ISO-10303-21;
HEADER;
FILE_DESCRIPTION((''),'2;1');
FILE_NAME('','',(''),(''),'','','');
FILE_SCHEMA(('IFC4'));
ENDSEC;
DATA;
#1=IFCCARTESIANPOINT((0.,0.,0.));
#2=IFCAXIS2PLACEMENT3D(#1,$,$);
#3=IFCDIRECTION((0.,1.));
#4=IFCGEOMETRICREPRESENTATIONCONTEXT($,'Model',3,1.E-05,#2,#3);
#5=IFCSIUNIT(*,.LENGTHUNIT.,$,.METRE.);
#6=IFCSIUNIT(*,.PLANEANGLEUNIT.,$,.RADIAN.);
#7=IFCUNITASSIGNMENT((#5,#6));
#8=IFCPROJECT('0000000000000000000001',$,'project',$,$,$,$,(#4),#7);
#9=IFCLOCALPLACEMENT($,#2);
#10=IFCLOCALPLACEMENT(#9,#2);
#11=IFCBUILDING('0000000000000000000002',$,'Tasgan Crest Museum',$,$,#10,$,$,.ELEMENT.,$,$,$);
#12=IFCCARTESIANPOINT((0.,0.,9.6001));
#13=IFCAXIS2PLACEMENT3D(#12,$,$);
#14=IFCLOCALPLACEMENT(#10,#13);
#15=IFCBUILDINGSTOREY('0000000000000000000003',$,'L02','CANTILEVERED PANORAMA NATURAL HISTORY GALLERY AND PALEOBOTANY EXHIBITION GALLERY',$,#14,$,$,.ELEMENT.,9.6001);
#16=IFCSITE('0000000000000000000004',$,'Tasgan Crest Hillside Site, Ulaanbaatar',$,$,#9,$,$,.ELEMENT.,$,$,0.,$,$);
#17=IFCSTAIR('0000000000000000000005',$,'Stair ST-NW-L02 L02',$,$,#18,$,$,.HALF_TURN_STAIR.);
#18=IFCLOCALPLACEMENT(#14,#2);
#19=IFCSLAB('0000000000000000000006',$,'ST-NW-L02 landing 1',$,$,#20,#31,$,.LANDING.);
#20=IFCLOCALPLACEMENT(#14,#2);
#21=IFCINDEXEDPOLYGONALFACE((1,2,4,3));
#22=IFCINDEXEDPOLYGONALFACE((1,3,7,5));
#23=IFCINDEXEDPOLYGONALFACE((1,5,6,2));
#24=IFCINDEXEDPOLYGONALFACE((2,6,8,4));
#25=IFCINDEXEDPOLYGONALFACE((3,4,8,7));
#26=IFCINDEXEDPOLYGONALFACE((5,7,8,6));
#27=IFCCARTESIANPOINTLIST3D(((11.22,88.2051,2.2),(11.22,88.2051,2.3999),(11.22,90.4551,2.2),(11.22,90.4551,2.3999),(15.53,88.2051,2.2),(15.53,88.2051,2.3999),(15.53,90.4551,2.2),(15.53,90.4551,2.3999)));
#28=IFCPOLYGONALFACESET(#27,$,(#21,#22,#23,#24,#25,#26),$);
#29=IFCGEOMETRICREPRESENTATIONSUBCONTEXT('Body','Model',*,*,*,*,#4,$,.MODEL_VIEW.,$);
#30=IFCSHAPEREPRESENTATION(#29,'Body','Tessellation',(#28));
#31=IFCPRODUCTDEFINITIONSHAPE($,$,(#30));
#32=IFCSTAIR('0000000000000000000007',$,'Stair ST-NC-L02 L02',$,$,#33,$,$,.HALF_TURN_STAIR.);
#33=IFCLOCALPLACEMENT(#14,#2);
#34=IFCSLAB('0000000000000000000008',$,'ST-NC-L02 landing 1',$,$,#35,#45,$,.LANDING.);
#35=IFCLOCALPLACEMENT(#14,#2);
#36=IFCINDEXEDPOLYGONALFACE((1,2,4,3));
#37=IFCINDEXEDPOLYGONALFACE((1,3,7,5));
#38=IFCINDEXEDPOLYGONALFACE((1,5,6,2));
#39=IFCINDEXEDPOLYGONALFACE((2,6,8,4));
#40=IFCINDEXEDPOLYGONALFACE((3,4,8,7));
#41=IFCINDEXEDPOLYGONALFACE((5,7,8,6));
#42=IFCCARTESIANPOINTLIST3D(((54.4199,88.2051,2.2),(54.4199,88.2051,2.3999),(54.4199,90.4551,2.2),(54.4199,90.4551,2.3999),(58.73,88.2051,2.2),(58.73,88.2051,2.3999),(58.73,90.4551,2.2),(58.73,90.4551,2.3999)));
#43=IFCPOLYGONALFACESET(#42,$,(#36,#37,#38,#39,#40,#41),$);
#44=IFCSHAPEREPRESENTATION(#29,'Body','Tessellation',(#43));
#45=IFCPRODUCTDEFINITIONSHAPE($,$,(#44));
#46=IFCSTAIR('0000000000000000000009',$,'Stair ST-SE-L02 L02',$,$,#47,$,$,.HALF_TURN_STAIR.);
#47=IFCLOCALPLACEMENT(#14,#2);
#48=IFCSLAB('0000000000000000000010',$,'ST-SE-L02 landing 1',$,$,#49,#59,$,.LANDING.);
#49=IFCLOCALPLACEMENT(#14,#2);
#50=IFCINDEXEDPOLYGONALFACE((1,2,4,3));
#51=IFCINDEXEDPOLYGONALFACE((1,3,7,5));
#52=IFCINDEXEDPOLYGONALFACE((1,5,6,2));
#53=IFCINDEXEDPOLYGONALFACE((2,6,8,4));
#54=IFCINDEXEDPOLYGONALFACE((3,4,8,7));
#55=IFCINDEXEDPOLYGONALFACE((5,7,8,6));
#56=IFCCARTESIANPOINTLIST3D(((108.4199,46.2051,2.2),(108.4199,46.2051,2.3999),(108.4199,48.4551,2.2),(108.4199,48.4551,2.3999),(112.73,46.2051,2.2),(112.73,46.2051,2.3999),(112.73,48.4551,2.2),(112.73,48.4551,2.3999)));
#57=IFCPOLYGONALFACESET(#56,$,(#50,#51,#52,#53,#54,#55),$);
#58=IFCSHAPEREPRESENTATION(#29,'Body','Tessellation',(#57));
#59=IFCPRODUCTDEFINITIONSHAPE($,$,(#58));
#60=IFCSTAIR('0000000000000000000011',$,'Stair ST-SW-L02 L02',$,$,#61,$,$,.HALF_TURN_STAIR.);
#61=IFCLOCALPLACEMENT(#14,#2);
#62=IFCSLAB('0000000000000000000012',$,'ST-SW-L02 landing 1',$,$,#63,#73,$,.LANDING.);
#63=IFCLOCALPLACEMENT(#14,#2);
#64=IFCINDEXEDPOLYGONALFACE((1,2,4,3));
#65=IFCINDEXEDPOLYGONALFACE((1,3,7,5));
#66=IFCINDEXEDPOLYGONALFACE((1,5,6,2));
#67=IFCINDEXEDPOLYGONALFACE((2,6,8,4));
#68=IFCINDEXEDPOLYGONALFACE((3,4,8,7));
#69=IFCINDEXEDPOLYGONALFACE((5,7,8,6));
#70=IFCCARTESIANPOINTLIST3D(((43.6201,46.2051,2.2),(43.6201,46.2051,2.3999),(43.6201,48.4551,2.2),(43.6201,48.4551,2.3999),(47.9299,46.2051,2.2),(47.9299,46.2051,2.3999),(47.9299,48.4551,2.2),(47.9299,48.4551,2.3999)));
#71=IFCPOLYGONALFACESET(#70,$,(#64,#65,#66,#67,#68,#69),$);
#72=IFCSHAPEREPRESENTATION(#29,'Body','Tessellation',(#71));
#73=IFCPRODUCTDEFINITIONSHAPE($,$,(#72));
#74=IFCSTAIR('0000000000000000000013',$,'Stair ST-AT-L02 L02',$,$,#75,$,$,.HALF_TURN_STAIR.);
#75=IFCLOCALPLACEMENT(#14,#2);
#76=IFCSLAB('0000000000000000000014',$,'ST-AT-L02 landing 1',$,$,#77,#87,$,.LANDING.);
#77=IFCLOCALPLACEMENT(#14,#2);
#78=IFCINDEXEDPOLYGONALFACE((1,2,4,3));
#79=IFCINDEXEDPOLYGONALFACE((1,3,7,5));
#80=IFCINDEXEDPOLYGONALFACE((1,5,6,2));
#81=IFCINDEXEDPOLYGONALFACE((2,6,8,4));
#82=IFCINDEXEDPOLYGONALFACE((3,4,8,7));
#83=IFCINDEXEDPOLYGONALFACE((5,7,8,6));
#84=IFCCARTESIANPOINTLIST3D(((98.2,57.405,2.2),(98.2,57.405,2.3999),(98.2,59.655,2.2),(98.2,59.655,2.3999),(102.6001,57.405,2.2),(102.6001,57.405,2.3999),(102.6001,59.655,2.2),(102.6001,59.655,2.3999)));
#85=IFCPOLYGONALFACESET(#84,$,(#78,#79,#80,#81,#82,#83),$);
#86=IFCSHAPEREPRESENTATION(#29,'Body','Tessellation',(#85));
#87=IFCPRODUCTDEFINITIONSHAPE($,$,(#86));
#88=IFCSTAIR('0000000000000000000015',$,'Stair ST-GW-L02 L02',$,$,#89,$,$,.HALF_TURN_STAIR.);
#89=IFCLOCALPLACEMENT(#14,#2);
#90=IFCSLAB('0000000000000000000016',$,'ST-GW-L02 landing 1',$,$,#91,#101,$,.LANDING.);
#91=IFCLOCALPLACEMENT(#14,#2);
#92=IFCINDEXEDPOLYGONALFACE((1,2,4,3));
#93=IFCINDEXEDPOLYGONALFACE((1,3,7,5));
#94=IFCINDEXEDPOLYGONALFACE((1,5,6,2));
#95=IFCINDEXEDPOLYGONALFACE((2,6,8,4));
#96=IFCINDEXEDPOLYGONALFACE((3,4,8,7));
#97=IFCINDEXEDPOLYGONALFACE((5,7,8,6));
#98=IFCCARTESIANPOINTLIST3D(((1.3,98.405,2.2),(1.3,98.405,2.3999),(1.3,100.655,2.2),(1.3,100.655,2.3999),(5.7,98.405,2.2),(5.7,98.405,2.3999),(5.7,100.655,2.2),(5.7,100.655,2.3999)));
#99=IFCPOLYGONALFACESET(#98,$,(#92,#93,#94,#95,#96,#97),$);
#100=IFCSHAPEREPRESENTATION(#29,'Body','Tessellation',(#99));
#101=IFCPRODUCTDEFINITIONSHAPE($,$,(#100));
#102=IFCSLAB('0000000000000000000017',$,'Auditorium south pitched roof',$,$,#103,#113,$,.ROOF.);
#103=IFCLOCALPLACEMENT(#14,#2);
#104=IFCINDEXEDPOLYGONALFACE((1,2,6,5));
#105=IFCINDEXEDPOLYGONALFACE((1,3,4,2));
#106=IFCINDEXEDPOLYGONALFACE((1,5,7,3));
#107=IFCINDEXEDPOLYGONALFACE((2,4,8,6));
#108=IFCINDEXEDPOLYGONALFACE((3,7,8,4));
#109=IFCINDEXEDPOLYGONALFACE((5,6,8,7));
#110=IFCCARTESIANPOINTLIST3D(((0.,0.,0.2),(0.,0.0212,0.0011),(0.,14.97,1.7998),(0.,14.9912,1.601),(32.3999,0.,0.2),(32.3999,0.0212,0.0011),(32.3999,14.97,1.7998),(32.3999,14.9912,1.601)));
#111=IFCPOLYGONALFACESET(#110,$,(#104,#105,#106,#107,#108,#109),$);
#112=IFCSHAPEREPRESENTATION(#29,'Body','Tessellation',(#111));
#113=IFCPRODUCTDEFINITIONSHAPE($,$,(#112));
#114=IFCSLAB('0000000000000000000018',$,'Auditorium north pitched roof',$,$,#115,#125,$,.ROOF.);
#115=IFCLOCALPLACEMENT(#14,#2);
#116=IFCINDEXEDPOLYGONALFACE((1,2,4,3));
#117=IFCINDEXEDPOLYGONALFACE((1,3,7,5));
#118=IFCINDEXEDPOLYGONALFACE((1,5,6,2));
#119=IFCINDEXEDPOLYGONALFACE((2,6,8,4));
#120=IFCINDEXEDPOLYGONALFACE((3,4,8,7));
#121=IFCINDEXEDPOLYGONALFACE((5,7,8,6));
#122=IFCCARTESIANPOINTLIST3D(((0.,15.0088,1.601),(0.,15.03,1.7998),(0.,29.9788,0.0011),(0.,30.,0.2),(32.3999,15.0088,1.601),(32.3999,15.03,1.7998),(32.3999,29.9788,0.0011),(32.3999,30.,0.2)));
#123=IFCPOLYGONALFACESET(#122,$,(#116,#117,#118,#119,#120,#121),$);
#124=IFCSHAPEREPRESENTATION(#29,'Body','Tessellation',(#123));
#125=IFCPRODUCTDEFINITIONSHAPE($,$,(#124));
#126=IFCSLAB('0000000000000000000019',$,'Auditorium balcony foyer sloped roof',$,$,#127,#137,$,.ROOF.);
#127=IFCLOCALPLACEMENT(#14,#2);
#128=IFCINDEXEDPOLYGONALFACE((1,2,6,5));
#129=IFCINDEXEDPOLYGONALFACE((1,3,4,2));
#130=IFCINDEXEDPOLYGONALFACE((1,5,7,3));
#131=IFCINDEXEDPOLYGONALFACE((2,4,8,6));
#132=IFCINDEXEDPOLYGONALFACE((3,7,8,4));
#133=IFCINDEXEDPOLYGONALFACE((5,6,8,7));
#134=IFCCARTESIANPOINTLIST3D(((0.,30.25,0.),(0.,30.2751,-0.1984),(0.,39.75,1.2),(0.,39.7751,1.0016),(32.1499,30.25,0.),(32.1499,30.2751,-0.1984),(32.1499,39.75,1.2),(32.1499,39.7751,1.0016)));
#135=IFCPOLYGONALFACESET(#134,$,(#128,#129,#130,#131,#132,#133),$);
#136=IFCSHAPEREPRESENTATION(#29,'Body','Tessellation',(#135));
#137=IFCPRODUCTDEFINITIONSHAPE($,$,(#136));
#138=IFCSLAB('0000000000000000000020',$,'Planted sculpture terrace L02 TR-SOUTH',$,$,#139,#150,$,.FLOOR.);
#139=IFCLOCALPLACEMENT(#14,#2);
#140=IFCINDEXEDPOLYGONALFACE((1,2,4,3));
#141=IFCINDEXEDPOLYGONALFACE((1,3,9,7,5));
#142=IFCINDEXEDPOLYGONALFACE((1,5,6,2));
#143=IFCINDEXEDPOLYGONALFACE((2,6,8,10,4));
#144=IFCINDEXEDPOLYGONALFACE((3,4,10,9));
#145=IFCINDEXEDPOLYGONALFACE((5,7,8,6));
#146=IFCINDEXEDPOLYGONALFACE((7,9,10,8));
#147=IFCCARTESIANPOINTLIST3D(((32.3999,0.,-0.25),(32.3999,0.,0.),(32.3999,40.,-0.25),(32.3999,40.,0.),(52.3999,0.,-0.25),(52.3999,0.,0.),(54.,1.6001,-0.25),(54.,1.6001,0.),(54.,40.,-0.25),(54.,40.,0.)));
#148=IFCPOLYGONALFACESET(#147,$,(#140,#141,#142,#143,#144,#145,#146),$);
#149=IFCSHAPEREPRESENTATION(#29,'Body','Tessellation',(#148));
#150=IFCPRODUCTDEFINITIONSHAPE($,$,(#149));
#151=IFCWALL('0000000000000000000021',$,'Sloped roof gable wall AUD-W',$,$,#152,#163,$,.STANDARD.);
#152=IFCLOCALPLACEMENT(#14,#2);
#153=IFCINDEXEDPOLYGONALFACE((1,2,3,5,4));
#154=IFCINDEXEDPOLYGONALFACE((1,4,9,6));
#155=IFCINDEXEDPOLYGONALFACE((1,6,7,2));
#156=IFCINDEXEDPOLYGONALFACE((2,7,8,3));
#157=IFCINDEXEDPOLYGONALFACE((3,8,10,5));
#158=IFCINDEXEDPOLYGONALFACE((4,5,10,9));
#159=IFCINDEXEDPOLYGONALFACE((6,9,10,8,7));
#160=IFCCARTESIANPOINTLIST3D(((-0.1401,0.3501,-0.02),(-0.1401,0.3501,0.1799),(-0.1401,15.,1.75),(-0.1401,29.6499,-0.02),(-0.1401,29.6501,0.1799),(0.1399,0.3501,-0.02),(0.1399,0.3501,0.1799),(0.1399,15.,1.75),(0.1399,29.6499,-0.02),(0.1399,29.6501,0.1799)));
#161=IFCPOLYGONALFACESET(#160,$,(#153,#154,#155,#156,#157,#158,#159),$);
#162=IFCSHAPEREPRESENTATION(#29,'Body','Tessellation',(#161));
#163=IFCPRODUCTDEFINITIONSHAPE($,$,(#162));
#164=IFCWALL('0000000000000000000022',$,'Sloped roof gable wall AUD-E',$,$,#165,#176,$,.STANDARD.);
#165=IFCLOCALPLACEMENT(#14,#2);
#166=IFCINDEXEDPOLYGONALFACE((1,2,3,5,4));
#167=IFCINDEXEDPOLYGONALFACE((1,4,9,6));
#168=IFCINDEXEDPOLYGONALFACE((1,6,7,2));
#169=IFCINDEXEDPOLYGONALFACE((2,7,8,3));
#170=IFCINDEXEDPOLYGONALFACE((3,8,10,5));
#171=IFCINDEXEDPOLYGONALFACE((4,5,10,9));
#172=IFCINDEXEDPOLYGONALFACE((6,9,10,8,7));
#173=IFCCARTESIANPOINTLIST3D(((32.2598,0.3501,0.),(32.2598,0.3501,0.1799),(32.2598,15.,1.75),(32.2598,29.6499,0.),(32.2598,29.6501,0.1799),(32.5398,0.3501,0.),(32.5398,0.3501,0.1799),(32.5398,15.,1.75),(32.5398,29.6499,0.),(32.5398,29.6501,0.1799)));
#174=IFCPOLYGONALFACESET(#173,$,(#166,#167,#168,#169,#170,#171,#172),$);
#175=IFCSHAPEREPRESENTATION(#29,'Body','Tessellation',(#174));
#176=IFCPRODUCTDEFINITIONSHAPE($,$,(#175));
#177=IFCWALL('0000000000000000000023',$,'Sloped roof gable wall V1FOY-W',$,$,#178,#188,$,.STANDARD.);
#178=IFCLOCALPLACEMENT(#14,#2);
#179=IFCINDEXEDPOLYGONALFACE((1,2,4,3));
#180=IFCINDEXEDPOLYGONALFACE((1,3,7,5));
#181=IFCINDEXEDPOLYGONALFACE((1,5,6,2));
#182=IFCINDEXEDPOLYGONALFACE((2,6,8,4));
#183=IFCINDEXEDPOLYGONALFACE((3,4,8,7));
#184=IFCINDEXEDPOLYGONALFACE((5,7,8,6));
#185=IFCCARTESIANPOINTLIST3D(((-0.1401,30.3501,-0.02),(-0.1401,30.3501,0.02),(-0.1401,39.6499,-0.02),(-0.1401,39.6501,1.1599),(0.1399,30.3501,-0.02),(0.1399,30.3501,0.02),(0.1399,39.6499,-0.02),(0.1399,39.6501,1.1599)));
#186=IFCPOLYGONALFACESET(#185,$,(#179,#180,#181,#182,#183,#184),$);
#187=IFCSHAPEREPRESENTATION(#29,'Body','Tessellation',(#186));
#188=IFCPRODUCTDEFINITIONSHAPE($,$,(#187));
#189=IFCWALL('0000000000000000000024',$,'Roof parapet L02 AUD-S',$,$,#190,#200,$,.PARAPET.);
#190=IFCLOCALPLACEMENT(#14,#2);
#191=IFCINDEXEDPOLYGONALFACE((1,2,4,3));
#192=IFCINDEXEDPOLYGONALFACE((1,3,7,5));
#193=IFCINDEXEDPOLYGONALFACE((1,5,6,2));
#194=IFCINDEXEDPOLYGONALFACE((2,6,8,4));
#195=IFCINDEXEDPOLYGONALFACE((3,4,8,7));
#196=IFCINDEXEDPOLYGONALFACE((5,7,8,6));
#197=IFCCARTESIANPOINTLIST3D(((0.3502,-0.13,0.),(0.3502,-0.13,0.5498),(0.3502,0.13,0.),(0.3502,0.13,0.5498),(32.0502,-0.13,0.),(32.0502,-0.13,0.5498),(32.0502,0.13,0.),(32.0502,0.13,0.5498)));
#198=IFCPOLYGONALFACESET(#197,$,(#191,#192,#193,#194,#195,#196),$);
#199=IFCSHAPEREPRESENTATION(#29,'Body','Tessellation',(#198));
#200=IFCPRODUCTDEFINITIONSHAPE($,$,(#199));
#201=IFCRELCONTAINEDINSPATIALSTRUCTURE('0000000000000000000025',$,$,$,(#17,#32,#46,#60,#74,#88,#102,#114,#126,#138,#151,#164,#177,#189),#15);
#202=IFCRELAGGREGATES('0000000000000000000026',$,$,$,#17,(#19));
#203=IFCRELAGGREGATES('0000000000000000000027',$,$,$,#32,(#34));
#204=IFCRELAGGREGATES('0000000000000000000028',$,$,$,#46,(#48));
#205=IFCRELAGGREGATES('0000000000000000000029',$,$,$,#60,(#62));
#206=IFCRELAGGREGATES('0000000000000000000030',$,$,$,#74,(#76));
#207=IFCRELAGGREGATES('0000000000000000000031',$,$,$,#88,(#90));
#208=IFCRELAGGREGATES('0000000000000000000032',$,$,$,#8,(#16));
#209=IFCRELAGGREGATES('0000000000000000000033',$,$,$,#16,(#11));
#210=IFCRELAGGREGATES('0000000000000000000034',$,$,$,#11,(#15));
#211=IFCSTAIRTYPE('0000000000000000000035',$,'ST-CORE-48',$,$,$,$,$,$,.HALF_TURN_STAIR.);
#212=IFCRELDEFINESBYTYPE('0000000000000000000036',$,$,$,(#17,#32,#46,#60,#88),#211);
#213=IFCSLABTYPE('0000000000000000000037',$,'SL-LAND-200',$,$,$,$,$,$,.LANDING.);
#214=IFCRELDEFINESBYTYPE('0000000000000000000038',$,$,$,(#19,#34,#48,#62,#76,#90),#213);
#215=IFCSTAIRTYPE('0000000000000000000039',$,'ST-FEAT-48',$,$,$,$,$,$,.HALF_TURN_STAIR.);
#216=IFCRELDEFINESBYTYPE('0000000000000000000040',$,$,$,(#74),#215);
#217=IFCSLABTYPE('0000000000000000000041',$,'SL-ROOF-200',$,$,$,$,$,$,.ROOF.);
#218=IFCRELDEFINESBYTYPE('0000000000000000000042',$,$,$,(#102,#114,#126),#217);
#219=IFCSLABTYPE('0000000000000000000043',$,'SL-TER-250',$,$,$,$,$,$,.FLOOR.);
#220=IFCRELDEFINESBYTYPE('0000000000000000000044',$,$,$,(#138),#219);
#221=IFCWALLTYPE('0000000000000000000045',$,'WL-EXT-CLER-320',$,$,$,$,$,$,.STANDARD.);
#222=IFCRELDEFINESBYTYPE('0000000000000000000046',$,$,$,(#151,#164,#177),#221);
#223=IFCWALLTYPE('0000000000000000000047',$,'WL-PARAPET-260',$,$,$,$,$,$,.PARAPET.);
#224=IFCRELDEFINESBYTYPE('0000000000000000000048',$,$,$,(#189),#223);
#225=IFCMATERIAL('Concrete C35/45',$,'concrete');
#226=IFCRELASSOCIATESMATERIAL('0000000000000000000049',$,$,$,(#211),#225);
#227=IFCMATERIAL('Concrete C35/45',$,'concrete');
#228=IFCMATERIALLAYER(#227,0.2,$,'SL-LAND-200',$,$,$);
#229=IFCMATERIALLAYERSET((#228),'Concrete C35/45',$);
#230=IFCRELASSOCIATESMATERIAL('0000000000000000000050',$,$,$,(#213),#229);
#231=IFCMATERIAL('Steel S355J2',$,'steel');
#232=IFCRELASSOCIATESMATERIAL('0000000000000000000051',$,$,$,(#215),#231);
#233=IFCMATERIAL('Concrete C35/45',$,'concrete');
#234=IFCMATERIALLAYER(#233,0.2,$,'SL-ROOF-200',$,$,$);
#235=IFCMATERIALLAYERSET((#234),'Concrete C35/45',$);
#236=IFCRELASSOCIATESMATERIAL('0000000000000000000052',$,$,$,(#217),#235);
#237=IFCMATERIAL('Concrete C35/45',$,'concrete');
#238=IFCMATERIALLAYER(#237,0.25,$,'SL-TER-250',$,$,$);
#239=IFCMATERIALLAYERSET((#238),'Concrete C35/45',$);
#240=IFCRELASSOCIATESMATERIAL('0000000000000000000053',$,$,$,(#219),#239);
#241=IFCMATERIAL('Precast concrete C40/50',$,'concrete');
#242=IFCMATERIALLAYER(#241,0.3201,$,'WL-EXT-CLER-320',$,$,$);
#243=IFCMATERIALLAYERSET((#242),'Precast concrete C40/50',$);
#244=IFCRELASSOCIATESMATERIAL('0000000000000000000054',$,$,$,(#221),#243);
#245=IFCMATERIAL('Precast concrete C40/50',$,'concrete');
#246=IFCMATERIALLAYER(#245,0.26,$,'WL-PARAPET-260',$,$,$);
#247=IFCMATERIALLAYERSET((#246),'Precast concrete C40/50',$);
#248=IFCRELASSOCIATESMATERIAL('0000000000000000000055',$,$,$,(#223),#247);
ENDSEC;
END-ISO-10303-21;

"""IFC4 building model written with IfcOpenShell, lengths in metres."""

from ifc_helpers import new_model, si_unit, direction, frame, frame_2d, origin, place, context, subcontext, project, spatial, polyline, rectangle, outline, extrude, material, layer, layer_set, type_object, element, aggregate, save


model = new_model("IFC4")

# Units and contexts
model_context = context("Model", 3, precision=1e-05, world=origin(), true_north=direction((0.0, 1.0)))
body_context = subcontext(model_context, "Body", "Model", "MODEL_VIEW")
ifc_project = project(units=[si_unit("LENGTHUNIT", "METRE"), si_unit("PLANEANGLEUNIT", "RADIAN")], contexts=[model_context])

# Site, building, storey
site_placement = place(None, origin())
site = spatial("IfcSite", under=ifc_project, at=site_placement, Name="Tasgan Crest Hillside Site, Ulaanbaatar", CompositionType="ELEMENT", RefElevation=0.0)
building_placement = place(site_placement, origin())
building = spatial("IfcBuilding", under=site, at=building_placement, Name="Tasgan Crest Museum", CompositionType="ELEMENT")
storey_placement = place(building_placement, frame((0.0, 0.0, 9.6001)))
storey = spatial("IfcBuildingStorey", under=building, at=storey_placement, Name="L02", Description="CANTILEVERED PANORAMA NATURAL HISTORY GALLERY AND PALEOBOTANY EXHIBITION GALLERY", CompositionType="ELEMENT", Elevation=9.6001)

# Stairs, slabs
ifc_material_1 = material(Name="Concrete C35/45", Category="concrete")
stair_type_1 = type_object("IfcStairType", Name="ST-CORE-48", PredefinedType="HALF_TURN_STAIR", material=ifc_material_1)
stair_1_placement = place(storey_placement, origin())
stair_1 = element("IfcStair", 1, at=stair_1_placement, inside=storey, type_object=stair_type_1, Name="Stair ST-NW-L02 L02", PredefinedType="HALF_TURN_STAIR")
ifc_material_2 = material(Name="Concrete C35/45", Category="concrete")
ifc_layer_1 = layer(ifc_material_2, 0.2, Name="SL-LAND-200")
ifc_layer_set_1 = layer_set([ifc_layer_1], Name="Concrete C35/45")
slab_type_1 = type_object("IfcSlabType", Name="SL-LAND-200", PredefinedType="LANDING", material=ifc_layer_set_1)
slab_1_placement = place(storey_placement, frame((0.0, 0.0, 2.2)))
slab_1 = element("IfcSlab", 2, at=slab_1_placement, type_object=slab_type_1, Name="ST-NW-L02 landing 1", PredefinedType="LANDING", context=body_context, shape_type="SweptSolid", body=[
    extrude(outline(polyline([(11.22, 88.2051), (15.53, 88.2051), (15.53, 90.4551), (11.22, 90.4551), (11.22, 88.2051)])), origin(), (0.0, 0.0, 1.0), 0.2),
])
aggregate(stair_1, [slab_1])
stair_2_placement = place(storey_placement, origin())
stair_2 = element("IfcStair", 3, at=stair_2_placement, inside=storey, type_object=stair_type_1, Name="Stair ST-NC-L02 L02", PredefinedType="HALF_TURN_STAIR")
slab_2_placement = place(storey_placement, frame((0.0, 0.0, 2.2)))
slab_2 = element("IfcSlab", 4, at=slab_2_placement, type_object=slab_type_1, Name="ST-NC-L02 landing 1", PredefinedType="LANDING", context=body_context, shape_type="SweptSolid", body=[
    extrude(outline(polyline([(54.4199, 88.2051), (58.73, 88.2051), (58.73, 90.4551), (54.4199, 90.4551), (54.4199, 88.2051)])), origin(), (0.0, 0.0, 1.0), 0.2),
])
aggregate(stair_2, [slab_2])
stair_3_placement = place(storey_placement, origin())
stair_3 = element("IfcStair", 5, at=stair_3_placement, inside=storey, type_object=stair_type_1, Name="Stair ST-SE-L02 L02", PredefinedType="HALF_TURN_STAIR")
slab_3_placement = place(storey_placement, frame((0.0, 0.0, 2.2)))
slab_3 = element("IfcSlab", 6, at=slab_3_placement, type_object=slab_type_1, Name="ST-SE-L02 landing 1", PredefinedType="LANDING", context=body_context, shape_type="SweptSolid", body=[
    extrude(outline(polyline([(108.4199, 46.2051), (112.73, 46.2051), (112.73, 48.4551), (108.4199, 48.4551), (108.4199, 46.2051)])), origin(), (0.0, 0.0, 1.0), 0.2),
])
aggregate(stair_3, [slab_3])
stair_4_placement = place(storey_placement, origin())
stair_4 = element("IfcStair", 7, at=stair_4_placement, inside=storey, type_object=stair_type_1, Name="Stair ST-SW-L02 L02", PredefinedType="HALF_TURN_STAIR")
slab_4_placement = place(storey_placement, frame((0.0, 0.0, 2.2)))
slab_4 = element("IfcSlab", 8, at=slab_4_placement, type_object=slab_type_1, Name="ST-SW-L02 landing 1", PredefinedType="LANDING", context=body_context, shape_type="SweptSolid", body=[
    extrude(outline(polyline([(43.6201, 46.2051), (47.9299, 46.2051), (47.9299, 48.4551), (43.6201, 48.4551), (43.6201, 46.2051)])), origin(), (0.0, 0.0, 1.0), 0.2),
])
aggregate(stair_4, [slab_4])
ifc_material_3 = material(Name="Steel S355J2", Category="steel")
stair_type_2 = type_object("IfcStairType", Name="ST-FEAT-48", PredefinedType="HALF_TURN_STAIR", material=ifc_material_3)
stair_5_placement = place(storey_placement, origin())
stair_5 = element("IfcStair", 9, at=stair_5_placement, inside=storey, type_object=stair_type_2, Name="Stair ST-AT-L02 L02", PredefinedType="HALF_TURN_STAIR")
slab_5_placement = place(storey_placement, frame((0.0, 0.0, 2.2)))
slab_5 = element("IfcSlab", 10, at=slab_5_placement, type_object=slab_type_1, Name="ST-AT-L02 landing 1", PredefinedType="LANDING", context=body_context, shape_type="SweptSolid", body=[
    extrude(outline(polyline([(98.2, 57.405), (102.6001, 57.405), (102.6001, 59.655), (98.2, 59.655), (98.2, 57.405)])), origin(), (0.0, 0.0, 1.0), 0.2),
])
aggregate(stair_5, [slab_5])
stair_6_placement = place(storey_placement, origin())
stair_6 = element("IfcStair", 11, at=stair_6_placement, inside=storey, type_object=stair_type_1, Name="Stair ST-GW-L02 L02", PredefinedType="HALF_TURN_STAIR")
slab_6_placement = place(storey_placement, frame((0.0, 0.0, 2.2)))
slab_6 = element("IfcSlab", 12, at=slab_6_placement, type_object=slab_type_1, Name="ST-GW-L02 landing 1", PredefinedType="LANDING", context=body_context, shape_type="SweptSolid", body=[
    extrude(outline(polyline([(1.3, 98.405), (5.7, 98.405), (5.7, 100.655), (1.3, 100.655), (1.3, 98.405)])), origin(), (0.0, 0.0, 1.0), 0.2),
])
aggregate(stair_6, [slab_6])

# Slabs
ifc_material_4 = material(Name="Concrete C35/45", Category="concrete")
ifc_layer_2 = layer(ifc_material_4, 0.2, Name="SL-ROOF-200")
ifc_layer_set_2 = layer_set([ifc_layer_2], Name="Concrete C35/45")
slab_type_2 = type_object("IfcSlabType", Name="SL-ROOF-200", PredefinedType="ROOF", material=ifc_layer_set_2)
for number, where, z_axis, x_axis, name in (
    (13, (0.0, 0.0, 0.2), (0.0, -0.106266, 0.994338), (1.0, 0.0, 0.0), "Auditorium south pitched roof"),
    (14, (0.0, 15.03, 1.7998), (0.0, 0.106266, 0.994338), (1.0, 0.0, 0.0), "Auditorium north pitched roof"),
):
    element("IfcSlab", number, at=place(storey_placement, frame(where, z_axis=z_axis, x_axis=x_axis)), inside=storey, type_object=slab_type_2, Name=name, PredefinedType="ROOF", context=body_context, shape_type="SweptSolid", body=[
        extrude(outline(polyline([(0.0, 0.0), (32.3999, 0.0), (32.3999, 15.0552), (0.0, 15.0552), (0.0, 0.0)])), origin(), (0.0, 0.0, -1.0), 0.2),
    ])
slab_7_placement = place(storey_placement, frame((0.0, 30.25, 0.0), z_axis=(0.0, -0.125315, 0.992117), x_axis=(1.0, 0.0, 0.0)))
element("IfcSlab", 15, at=slab_7_placement, inside=storey, type_object=slab_type_2, Name="Auditorium balcony foyer sloped roof", PredefinedType="ROOF", context=body_context, shape_type="SweptSolid", body=[
    extrude(outline(polyline([(0.0, 0.0), (32.1499, 0.0), (32.1499, 9.5755), (0.0, 9.5755), (0.0, 0.0)])), origin(), (0.0, 0.0, -1.0), 0.2),
])
ifc_material_5 = material(Name="Concrete C35/45", Category="concrete")
ifc_layer_3 = layer(ifc_material_5, 0.25, Name="SL-TER-250")
ifc_layer_set_3 = layer_set([ifc_layer_3], Name="Concrete C35/45")
slab_type_3 = type_object("IfcSlabType", Name="SL-TER-250", PredefinedType="FLOOR", material=ifc_layer_set_3)
slab_8_placement = place(storey_placement, frame((0.0, 0.0, -0.25)))
element("IfcSlab", 16, at=slab_8_placement, inside=storey, type_object=slab_type_3, Name="Planted sculpture terrace L02 TR-SOUTH", PredefinedType="FLOOR", context=body_context, shape_type="SweptSolid", body=[
    extrude(outline(polyline([(32.3999, 0.0), (52.3999, 0.0), (54.0, 1.6001), (54.0, 40.0), (32.3999, 40.0), (32.3999, 0.0)])), origin(), (0.0, 0.0, 1.0), 0.25),
])

# Walls
ifc_material_6 = material(Name="Precast concrete C40/50", Category="concrete")
ifc_layer_4 = layer(ifc_material_6, 0.3201, Name="WL-EXT-CLER-320")
ifc_layer_set_4 = layer_set([ifc_layer_4], Name="Precast concrete C40/50")
wall_type_1 = type_object("IfcWallType", Name="WL-EXT-CLER-320", PredefinedType="STANDARD", material=ifc_layer_set_4)
wall_1_placement = place(storey_placement, frame((0.0, 0.3501, -0.02), z_axis=(0.0, 0.0, 1.0), x_axis=(0.0, 1.0, 0.0)))
element("IfcWall", 17, at=wall_1_placement, inside=storey, type_object=wall_type_1, Name="Sloped roof gable wall AUD-W", PredefinedType="STANDARD", context=body_context, shape_type="SweptSolid", body=[
    extrude(outline(polyline([(0.0, 0.0), (29.2998, 0.0), (29.3, 0.2), (14.6499, 1.77), (0.0, 0.2), (0.0, 0.0)])), frame((0.0, 0.1401, 0.0), z_axis=(0.0, -1.0, 0.0), x_axis=(1.0, 0.0, 0.0)), (0.0, 0.0, 1.0), 0.28),
])
wall_2_placement = place(storey_placement, frame((32.3999, 0.3501, 0.0), z_axis=(0.0, 0.0, 1.0), x_axis=(0.0, 1.0, 0.0)))
element("IfcWall", 18, at=wall_2_placement, inside=storey, type_object=wall_type_1, Name="Sloped roof gable wall AUD-E", PredefinedType="STANDARD", context=body_context, shape_type="SweptSolid", body=[
    extrude(outline(polyline([(0.0, 0.0), (29.2998, 0.0), (29.3, 0.1799), (14.6499, 1.75), (0.0, 0.1799), (0.0, 0.0)])), frame((0.0, 0.1401, 0.0), z_axis=(0.0, -1.0, 0.0), x_axis=(1.0, 0.0, 0.0)), (0.0, 0.0, 1.0), 0.28),
])
wall_3_placement = place(storey_placement, frame((0.0, 30.3501, -0.02), z_axis=(0.0, 0.0, 1.0), x_axis=(0.0, 1.0, 0.0)))
element("IfcWall", 19, at=wall_3_placement, inside=storey, type_object=wall_type_1, Name="Sloped roof gable wall V1FOY-W", PredefinedType="STANDARD", context=body_context, shape_type="SweptSolid", body=[
    extrude(outline(polyline([(0.0, 0.0), (9.2998, 0.0), (9.3, 1.1799), (0.0, 0.04), (0.0, 0.0)])), frame((0.0, 0.1401, 0.0), z_axis=(0.0, -1.0, 0.0), x_axis=(1.0, 0.0, 0.0)), (0.0, 0.0, 1.0), 0.28),
])
ifc_material_7 = material(Name="Precast concrete C40/50", Category="concrete")
ifc_layer_5 = layer(ifc_material_7, 0.26, Name="WL-PARAPET-260")
ifc_layer_set_5 = layer_set([ifc_layer_5], Name="Precast concrete C40/50")
wall_type_2 = type_object("IfcWallType", Name="WL-PARAPET-260", PredefinedType="PARAPET", material=ifc_layer_set_5)
wall_4_placement = place(storey_placement, frame((0.3501, 0.0, 0.0), z_axis=(0.0, 0.0, 1.0), x_axis=(1.0, 0.0, 0.0)))
element("IfcWall", 20, at=wall_4_placement, inside=storey, type_object=wall_type_2, Name="Roof parapet L02 AUD-S", PredefinedType="PARAPET", context=body_context, shape_type="SweptSolid", body=[
    extrude(rectangle(XDim=31.7, YDim=0.26, at=frame_2d((15.8501, 0.0))), origin(), (0.0, 0.0, 1.0), 0.5498),
])

save(model, "model.ifc")
